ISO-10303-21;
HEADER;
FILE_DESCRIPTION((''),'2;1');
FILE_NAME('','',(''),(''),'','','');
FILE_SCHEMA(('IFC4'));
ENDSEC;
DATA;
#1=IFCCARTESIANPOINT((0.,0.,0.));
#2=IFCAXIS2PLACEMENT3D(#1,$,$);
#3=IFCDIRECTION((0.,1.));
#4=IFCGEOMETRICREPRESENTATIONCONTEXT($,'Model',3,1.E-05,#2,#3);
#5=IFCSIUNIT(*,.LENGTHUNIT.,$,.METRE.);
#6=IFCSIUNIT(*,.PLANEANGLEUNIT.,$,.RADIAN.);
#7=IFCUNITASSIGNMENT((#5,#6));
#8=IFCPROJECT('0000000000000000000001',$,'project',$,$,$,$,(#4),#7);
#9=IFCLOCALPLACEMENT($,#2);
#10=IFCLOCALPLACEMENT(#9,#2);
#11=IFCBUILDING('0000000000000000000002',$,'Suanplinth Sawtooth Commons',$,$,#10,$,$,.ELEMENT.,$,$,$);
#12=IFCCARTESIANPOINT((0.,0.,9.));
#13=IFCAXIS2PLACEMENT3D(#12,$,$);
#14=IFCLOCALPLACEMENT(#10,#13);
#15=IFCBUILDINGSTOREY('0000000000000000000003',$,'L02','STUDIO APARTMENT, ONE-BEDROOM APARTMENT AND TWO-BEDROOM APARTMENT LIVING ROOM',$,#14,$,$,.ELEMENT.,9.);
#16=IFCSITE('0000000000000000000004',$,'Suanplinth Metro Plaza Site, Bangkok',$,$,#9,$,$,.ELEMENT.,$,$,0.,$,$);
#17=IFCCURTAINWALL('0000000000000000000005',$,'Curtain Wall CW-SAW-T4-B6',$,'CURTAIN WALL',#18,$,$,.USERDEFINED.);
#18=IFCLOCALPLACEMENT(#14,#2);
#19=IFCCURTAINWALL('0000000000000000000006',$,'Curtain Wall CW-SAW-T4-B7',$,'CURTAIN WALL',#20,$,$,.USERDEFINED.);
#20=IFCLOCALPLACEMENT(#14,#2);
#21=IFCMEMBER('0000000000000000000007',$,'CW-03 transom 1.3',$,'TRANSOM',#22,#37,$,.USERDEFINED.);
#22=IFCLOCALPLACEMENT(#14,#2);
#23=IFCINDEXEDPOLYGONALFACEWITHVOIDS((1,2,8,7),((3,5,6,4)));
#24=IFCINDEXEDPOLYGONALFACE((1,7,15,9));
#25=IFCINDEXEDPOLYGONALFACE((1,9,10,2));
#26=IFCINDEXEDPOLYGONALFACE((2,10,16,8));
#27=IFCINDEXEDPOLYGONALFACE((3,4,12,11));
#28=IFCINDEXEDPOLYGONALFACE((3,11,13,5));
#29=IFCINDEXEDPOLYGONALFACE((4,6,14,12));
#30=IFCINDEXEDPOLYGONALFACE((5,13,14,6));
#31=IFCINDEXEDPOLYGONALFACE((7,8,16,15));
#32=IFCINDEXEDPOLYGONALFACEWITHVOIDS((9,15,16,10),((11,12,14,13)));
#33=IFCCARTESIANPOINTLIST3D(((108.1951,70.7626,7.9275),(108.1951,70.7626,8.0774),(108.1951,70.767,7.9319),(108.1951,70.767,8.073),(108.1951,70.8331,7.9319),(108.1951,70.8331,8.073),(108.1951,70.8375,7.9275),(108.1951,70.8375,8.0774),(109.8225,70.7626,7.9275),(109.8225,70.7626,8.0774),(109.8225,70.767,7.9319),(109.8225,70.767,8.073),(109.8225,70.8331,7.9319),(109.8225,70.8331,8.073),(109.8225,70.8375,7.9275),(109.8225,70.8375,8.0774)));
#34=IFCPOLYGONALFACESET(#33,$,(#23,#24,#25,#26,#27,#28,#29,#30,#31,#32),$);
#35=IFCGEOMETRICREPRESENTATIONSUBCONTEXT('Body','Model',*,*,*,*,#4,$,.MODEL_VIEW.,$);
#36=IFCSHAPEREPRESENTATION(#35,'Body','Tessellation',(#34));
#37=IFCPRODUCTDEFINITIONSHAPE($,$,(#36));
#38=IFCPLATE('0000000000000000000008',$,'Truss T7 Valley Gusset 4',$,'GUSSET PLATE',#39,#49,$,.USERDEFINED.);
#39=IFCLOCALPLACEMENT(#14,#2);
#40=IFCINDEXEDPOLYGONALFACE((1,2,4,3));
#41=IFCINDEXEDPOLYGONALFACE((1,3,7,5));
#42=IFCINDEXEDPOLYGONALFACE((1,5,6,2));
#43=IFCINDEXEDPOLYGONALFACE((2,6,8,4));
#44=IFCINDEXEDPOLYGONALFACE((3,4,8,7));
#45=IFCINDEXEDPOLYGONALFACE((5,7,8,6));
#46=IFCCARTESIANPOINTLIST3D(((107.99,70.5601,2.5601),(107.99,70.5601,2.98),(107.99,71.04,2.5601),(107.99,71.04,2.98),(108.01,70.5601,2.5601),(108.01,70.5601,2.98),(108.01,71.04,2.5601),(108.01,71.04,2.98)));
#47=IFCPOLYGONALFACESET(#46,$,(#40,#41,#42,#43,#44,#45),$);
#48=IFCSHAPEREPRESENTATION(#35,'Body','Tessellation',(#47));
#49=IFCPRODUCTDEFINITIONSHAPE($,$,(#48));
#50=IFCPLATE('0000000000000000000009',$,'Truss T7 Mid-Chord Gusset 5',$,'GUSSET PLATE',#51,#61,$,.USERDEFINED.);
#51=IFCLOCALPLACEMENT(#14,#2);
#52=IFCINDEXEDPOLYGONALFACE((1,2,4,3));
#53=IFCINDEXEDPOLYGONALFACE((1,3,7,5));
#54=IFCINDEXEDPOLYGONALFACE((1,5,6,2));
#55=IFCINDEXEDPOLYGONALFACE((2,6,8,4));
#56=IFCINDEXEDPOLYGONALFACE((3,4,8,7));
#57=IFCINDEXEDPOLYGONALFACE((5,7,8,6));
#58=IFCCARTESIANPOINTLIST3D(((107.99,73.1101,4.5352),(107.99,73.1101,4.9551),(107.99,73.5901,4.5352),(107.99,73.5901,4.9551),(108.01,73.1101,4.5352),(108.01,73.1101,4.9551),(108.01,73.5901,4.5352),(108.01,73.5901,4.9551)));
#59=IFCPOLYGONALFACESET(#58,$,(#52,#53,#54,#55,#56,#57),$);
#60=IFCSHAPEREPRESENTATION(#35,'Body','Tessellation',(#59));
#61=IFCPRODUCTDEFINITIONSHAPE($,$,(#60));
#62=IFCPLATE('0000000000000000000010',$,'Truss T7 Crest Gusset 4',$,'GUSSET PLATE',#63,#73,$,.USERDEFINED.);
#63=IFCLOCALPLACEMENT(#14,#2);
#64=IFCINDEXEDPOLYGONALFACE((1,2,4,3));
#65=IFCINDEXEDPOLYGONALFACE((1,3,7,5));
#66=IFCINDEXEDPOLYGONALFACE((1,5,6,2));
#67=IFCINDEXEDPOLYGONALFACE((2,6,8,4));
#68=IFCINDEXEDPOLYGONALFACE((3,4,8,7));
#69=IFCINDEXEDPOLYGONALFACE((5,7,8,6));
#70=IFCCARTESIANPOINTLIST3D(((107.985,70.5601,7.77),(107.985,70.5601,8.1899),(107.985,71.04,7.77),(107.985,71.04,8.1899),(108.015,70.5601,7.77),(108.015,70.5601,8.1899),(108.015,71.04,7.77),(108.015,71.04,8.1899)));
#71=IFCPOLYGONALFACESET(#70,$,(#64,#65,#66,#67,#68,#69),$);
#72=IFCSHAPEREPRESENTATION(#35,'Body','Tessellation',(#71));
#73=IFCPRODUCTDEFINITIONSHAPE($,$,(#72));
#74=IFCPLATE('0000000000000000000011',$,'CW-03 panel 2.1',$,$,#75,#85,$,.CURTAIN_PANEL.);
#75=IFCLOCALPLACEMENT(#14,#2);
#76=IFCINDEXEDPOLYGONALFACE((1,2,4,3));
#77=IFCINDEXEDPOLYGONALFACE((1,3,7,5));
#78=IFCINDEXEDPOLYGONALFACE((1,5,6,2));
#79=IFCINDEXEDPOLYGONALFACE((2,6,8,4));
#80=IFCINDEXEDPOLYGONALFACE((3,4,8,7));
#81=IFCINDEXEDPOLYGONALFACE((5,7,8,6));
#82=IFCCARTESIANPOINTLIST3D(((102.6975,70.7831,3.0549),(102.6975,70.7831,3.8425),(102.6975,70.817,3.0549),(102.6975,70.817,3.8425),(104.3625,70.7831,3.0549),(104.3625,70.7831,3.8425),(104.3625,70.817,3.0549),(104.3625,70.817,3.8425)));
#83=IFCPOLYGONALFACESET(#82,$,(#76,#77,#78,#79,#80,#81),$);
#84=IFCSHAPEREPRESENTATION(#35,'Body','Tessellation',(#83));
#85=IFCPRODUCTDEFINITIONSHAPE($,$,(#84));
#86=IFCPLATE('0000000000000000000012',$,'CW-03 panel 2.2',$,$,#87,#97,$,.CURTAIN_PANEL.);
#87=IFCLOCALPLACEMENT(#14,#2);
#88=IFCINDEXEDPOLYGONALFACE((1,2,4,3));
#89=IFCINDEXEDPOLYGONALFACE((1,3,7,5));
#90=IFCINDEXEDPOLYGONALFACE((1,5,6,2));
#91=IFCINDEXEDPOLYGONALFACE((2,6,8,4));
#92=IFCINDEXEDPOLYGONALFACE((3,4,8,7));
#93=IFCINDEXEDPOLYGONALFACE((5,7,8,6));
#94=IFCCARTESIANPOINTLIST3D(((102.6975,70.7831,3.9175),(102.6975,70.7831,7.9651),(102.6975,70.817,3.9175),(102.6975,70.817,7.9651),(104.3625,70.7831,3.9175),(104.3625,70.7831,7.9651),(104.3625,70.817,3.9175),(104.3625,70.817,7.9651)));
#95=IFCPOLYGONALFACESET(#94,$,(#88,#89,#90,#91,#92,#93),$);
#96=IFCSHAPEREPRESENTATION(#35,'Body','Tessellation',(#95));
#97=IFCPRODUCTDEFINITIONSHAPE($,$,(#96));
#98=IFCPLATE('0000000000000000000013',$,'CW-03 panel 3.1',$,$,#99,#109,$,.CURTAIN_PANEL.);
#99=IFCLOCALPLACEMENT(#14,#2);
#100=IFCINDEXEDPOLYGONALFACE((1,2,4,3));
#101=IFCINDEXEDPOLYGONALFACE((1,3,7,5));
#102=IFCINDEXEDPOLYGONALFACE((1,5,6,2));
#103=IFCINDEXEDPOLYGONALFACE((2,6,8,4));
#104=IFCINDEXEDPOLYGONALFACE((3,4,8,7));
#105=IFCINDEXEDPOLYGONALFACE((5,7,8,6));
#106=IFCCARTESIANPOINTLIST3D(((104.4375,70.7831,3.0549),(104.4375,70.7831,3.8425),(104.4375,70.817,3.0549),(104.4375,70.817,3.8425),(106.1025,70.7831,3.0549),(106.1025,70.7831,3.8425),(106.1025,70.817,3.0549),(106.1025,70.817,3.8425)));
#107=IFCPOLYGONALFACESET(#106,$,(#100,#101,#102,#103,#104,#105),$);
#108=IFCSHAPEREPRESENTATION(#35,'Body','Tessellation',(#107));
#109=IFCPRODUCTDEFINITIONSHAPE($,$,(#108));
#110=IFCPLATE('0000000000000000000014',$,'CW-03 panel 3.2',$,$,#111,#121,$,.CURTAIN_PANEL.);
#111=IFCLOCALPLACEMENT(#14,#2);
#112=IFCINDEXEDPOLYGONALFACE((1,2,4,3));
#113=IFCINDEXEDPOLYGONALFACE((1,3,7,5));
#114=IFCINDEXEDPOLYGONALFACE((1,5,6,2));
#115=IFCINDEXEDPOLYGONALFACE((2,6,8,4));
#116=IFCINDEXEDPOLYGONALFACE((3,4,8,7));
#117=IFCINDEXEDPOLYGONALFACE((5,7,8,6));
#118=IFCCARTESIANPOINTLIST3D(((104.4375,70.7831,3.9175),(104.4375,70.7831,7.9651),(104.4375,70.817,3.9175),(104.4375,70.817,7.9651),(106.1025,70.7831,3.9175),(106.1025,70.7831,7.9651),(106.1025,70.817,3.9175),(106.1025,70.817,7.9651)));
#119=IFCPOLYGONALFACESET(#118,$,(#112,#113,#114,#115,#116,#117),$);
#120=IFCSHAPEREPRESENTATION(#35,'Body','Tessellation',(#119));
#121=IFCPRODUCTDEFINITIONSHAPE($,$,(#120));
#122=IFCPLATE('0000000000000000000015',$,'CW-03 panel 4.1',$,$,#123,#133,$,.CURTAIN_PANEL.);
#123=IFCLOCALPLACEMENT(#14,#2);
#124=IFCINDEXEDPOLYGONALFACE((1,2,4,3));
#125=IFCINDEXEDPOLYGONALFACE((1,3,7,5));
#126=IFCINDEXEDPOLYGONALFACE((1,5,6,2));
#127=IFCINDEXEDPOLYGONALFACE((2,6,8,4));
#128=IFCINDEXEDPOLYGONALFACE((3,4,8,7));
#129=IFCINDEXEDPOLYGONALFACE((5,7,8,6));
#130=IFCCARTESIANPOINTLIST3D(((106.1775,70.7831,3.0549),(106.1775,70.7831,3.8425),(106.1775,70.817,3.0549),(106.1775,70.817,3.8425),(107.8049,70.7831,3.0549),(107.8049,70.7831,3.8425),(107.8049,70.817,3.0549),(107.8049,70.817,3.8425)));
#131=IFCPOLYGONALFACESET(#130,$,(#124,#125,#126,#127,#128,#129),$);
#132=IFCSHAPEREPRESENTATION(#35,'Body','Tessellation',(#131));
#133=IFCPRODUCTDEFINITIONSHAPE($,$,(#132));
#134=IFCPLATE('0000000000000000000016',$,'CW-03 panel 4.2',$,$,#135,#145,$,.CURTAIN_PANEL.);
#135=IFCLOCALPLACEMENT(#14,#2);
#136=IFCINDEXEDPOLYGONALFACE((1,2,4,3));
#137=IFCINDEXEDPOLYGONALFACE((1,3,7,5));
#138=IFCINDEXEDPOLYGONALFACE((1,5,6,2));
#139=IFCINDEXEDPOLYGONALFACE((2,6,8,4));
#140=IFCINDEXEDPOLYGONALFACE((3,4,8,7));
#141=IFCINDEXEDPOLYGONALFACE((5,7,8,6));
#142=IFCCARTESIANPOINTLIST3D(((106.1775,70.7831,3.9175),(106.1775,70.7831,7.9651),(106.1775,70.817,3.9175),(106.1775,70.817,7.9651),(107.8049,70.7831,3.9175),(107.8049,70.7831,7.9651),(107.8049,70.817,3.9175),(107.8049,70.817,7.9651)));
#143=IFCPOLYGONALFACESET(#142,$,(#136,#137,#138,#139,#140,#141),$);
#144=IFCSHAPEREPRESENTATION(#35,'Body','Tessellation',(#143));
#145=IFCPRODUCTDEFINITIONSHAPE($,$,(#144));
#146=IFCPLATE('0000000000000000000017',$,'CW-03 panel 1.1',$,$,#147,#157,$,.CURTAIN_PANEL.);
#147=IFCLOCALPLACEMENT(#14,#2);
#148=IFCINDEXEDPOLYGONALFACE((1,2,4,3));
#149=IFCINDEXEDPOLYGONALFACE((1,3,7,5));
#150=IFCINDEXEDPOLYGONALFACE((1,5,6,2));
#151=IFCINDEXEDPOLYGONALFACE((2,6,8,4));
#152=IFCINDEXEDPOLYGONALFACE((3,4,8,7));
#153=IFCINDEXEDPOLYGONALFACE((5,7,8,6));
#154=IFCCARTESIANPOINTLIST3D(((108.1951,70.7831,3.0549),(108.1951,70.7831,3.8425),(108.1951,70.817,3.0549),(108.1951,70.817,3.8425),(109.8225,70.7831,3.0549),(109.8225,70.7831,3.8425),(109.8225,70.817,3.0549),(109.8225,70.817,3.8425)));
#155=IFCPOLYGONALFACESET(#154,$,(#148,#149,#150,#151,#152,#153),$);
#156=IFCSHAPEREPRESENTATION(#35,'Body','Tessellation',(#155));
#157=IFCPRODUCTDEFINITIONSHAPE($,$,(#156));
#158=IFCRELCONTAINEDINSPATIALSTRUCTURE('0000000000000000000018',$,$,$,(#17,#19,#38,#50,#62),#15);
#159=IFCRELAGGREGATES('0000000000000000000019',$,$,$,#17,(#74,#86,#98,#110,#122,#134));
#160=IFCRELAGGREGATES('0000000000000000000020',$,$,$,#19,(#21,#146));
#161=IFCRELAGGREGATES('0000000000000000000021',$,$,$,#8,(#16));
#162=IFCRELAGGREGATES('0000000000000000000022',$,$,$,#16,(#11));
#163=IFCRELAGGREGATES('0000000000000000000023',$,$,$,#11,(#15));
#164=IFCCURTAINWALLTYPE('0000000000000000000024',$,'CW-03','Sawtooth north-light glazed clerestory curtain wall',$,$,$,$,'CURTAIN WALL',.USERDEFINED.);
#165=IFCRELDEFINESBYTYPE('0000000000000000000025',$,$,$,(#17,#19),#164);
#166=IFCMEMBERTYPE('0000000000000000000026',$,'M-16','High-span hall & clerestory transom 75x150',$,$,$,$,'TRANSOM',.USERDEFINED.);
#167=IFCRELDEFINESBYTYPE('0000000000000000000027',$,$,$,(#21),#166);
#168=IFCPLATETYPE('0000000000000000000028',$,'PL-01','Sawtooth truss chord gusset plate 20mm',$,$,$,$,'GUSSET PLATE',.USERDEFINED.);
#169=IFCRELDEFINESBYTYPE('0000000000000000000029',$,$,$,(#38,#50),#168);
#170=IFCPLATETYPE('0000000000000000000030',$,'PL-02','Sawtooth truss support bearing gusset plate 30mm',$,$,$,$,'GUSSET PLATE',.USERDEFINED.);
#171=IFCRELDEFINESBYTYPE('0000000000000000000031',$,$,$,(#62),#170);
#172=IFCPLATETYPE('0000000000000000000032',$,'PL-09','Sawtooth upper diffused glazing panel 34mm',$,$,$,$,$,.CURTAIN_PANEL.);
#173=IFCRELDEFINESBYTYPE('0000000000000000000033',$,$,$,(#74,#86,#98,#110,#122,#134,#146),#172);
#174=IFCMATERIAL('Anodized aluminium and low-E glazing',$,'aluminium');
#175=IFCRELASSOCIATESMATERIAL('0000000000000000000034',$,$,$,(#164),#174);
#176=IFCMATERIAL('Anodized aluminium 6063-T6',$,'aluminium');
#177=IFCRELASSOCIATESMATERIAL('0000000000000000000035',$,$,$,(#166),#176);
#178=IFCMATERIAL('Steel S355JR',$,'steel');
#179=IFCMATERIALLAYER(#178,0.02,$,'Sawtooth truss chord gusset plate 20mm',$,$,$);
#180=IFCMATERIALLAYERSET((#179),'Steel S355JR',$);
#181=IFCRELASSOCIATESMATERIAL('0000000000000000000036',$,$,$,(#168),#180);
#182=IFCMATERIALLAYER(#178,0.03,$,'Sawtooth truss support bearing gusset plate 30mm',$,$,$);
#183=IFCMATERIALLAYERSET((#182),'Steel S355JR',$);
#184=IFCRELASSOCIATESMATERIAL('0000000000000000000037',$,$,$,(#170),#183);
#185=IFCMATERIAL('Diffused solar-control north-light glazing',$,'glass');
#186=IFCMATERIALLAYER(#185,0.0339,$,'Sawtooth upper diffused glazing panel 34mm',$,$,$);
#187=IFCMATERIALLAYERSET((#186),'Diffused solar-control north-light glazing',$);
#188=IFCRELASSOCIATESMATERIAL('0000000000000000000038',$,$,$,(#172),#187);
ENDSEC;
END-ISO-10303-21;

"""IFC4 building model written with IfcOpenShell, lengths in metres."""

from ifc_helpers import new_model, si_unit, direction, frame, origin, origin_2d, place, context, subcontext, project, spatial, rectangle, hollow_rectangle, extrude, material, layer, layer_set, material_profile, profile_set, type_object, element, aggregate, save


model = new_model("IFC4")

# Units and contexts
model_context = context("Model", 3, precision=1e-05, world=origin(), true_north=direction((0.0, 1.0)))
body_context = subcontext(model_context, "Body", "Model", "MODEL_VIEW")
ifc_project = project(units=[si_unit("LENGTHUNIT", "METRE"), si_unit("PLANEANGLEUNIT", "RADIAN")], contexts=[model_context])

# Site, building, storey
site_placement = place(None, origin())
site = spatial("IfcSite", under=ifc_project, at=site_placement, Name="Suanplinth Metro Plaza Site, Bangkok", CompositionType="ELEMENT", RefElevation=0.0)
building_placement = place(site_placement, origin())
building = spatial("IfcBuilding", under=site, at=building_placement, Name="Suanplinth Sawtooth Commons", CompositionType="ELEMENT")
storey_placement = place(building_placement, frame((0.0, 0.0, 9.0)))
storey = spatial("IfcBuildingStorey", under=building, at=storey_placement, Name="L02", Description="STUDIO APARTMENT, ONE-BEDROOM APARTMENT AND TWO-BEDROOM APARTMENT LIVING ROOM", CompositionType="ELEMENT", Elevation=9.0)

# Shared definitions
ifc_material_1 = material(Name="Steel S355JR", Category="steel")

# Curtain wall
ifc_material_2 = material(Name="Anodized aluminium and low-E glazing", Category="aluminium")
curtain_wall_type = type_object("IfcCurtainWallType", Name="CW-03", Description="Sawtooth north-light glazed clerestory curtain wall", ElementType="CURTAIN WALL", PredefinedType="USERDEFINED", material=ifc_material_2)
curtain_wall_1_placement = place(storey_placement, origin())
curtain_wall_1 = element("IfcCurtainWall", 1, at=curtain_wall_1_placement, inside=storey, type_object=curtain_wall_type, Name="Curtain Wall CW-SAW-T4-B6", ObjectType="CURTAIN WALL", PredefinedType="USERDEFINED")
ifc_material_3 = material(Name="Anodized aluminium 6063-T6", Category="aluminium")

# Curtain wall
curtain_wall_2_placement = place(storey_placement, origin())
curtain_wall_2 = element("IfcCurtainWall", 2, at=curtain_wall_2_placement, inside=storey, type_object=curtain_wall_type, Name="Curtain Wall CW-SAW-T4-B7", ObjectType="CURTAIN WALL", PredefinedType="USERDEFINED")

# Member
ifc_material_profile_1 = material_profile(ifc_material_3, hollow_rectangle(XDim=0.075, YDim=0.1499, WallThickness=0.0044, at=origin_2d()), Name="ALU-TRN 75x150")
ifc_profile_set_1 = profile_set([ifc_material_profile_1], Name="Anodized aluminium 6063-T6")
member_type_1 = type_object("IfcMemberType", Name="M-16", Description="High-span hall & clerestory transom 75x150", ElementType="TRANSOM", PredefinedType="USERDEFINED", material=ifc_profile_set_1)
member_1_placement = place(storey_placement, frame((108.1951, 70.8, 8.0024), z_axis=(1.0, 0.0, 0.0), x_axis=(0.0, 1.0, 0.0)))
member_1 = element("IfcMember", 3, at=member_1_placement, type_object=member_type_1, Name="CW-03 transom 1.3", ObjectType="TRANSOM", PredefinedType="USERDEFINED", context=body_context, shape_type="SweptSolid", body=[
    extrude(hollow_rectangle(XDim=0.075, YDim=0.1499, WallThickness=0.0044, at=origin_2d()), origin(), (0.0, 0.0, 1.0), 1.6274),
])

# Plates
ifc_layer_1 = layer(ifc_material_1, 0.02, Name="Sawtooth truss chord gusset plate 20mm")
ifc_layer_set_1 = layer_set([ifc_layer_1], Name="Steel S355JR")
plate_type_1 = type_object("IfcPlateType", Name="PL-01", Description="Sawtooth truss chord gusset plate 20mm", ElementType="GUSSET PLATE", PredefinedType="USERDEFINED", material=ifc_layer_set_1)
for number, where, z_axis, x_axis, name in (
    (4, (108.0, 70.8, 2.5601), (0.0, 0.0, 1.0), (1.0, 0.0, 0.0), "Truss T7 Valley Gusset 4"),
    (5, (108.0, 73.3501, 4.5352), (0.0, 0.0, 1.0), (1.0, 0.0, 0.0), "Truss T7 Mid-Chord Gusset 5"),
):
    element("IfcPlate", number, at=place(storey_placement, frame(where, z_axis=z_axis, x_axis=x_axis)), inside=storey, type_object=plate_type_1, Name=name, ObjectType="GUSSET PLATE", PredefinedType="USERDEFINED", context=body_context, shape_type="SweptSolid", body=[
        extrude(rectangle(XDim=0.02, YDim=0.48, at=origin_2d()), origin(), (0.0, 0.0, 1.0), 0.4199),
    ])
ifc_layer_2 = layer(ifc_material_1, 0.03, Name="Sawtooth truss support bearing gusset plate 30mm")
ifc_layer_set_2 = layer_set([ifc_layer_2], Name="Steel S355JR")
plate_type_2 = type_object("IfcPlateType", Name="PL-02", Description="Sawtooth truss support bearing gusset plate 30mm", ElementType="GUSSET PLATE", PredefinedType="USERDEFINED", material=ifc_layer_set_2)
plate_1_placement = place(storey_placement, frame((108.0, 70.8, 7.77), z_axis=(0.0, 0.0, 1.0), x_axis=(1.0, 0.0, 0.0)))
element("IfcPlate", 6, at=plate_1_placement, inside=storey, type_object=plate_type_2, Name="Truss T7 Crest Gusset 4", ObjectType="GUSSET PLATE", PredefinedType="USERDEFINED", context=body_context, shape_type="SweptSolid", body=[
    extrude(rectangle(XDim=0.03, YDim=0.48, at=origin_2d()), origin(), (0.0, 0.0, 1.0), 0.4199),
])

# Plates
ifc_material_4 = material(Name="Diffused solar-control north-light glazing", Category="glass")
ifc_layer_3 = layer(ifc_material_4, 0.0339, Name="Sawtooth upper diffused glazing panel 34mm")
ifc_layer_set_3 = layer_set([ifc_layer_3], Name="Diffused solar-control north-light glazing")
plate_type_3 = type_object("IfcPlateType", Name="PL-09", Description="Sawtooth upper diffused glazing panel 34mm", PredefinedType="CURTAIN_PANEL", material=ifc_layer_set_3)
plate_2_placement = place(storey_placement, frame((103.53, 70.8, 3.0549), z_axis=(0.0, 0.0, 1.0), x_axis=(1.0, 0.0, 0.0)))
plate_2 = element("IfcPlate", 7, at=plate_2_placement, type_object=plate_type_3, Name="CW-03 panel 2.1", PredefinedType="CURTAIN_PANEL", context=body_context, shape_type="SweptSolid", body=[
    extrude(rectangle(XDim=1.665, YDim=0.0339, at=origin_2d()), origin(), (0.0, 0.0, 1.0), 0.7876),
])
plate_3_placement = place(storey_placement, frame((103.53, 70.8, 3.9175), z_axis=(0.0, 0.0, 1.0), x_axis=(1.0, 0.0, 0.0)))
plate_3 = element("IfcPlate", 8, at=plate_3_placement, type_object=plate_type_3, Name="CW-03 panel 2.2", PredefinedType="CURTAIN_PANEL", context=body_context, shape_type="SweptSolid", body=[
    extrude(rectangle(XDim=1.665, YDim=0.0339, at=origin_2d()), origin(), (0.0, 0.0, 1.0), 4.0476),
])
plate_4_placement = place(storey_placement, frame((105.27, 70.8, 3.0549), z_axis=(0.0, 0.0, 1.0), x_axis=(1.0, 0.0, 0.0)))
plate_4 = element("IfcPlate", 9, at=plate_4_placement, type_object=plate_type_3, Name="CW-03 panel 3.1", PredefinedType="CURTAIN_PANEL", context=body_context, shape_type="SweptSolid", body=[
    extrude(rectangle(XDim=1.665, YDim=0.0339, at=origin_2d()), origin(), (0.0, 0.0, 1.0), 0.7876),
])
plate_5_placement = place(storey_placement, frame((105.27, 70.8, 3.9175), z_axis=(0.0, 0.0, 1.0), x_axis=(1.0, 0.0, 0.0)))
plate_5 = element("IfcPlate", 10, at=plate_5_placement, type_object=plate_type_3, Name="CW-03 panel 3.2", PredefinedType="CURTAIN_PANEL", context=body_context, shape_type="SweptSolid", body=[
    extrude(rectangle(XDim=1.665, YDim=0.0339, at=origin_2d()), origin(), (0.0, 0.0, 1.0), 4.0476),
])
plate_6_placement = place(storey_placement, frame((106.9912, 70.8, 3.0549), z_axis=(0.0, 0.0, 1.0), x_axis=(1.0, 0.0, 0.0)))
plate_6 = element("IfcPlate", 11, at=plate_6_placement, type_object=plate_type_3, Name="CW-03 panel 4.1", PredefinedType="CURTAIN_PANEL", context=body_context, shape_type="SweptSolid", body=[
    extrude(rectangle(XDim=1.6274, YDim=0.0339, at=origin_2d()), origin(), (0.0, 0.0, 1.0), 0.7876),
])
plate_7_placement = place(storey_placement, frame((106.9912, 70.8, 3.9175), z_axis=(0.0, 0.0, 1.0), x_axis=(1.0, 0.0, 0.0)))
plate_7 = element("IfcPlate", 12, at=plate_7_placement, type_object=plate_type_3, Name="CW-03 panel 4.2", PredefinedType="CURTAIN_PANEL", context=body_context, shape_type="SweptSolid", body=[
    extrude(rectangle(XDim=1.6274, YDim=0.0339, at=origin_2d()), origin(), (0.0, 0.0, 1.0), 4.0476),
])
aggregate(curtain_wall_1, [plate_2, plate_3, plate_4, plate_5, plate_6, plate_7])
plate_8_placement = place(storey_placement, frame((109.0088, 70.8, 3.0549), z_axis=(0.0, 0.0, 1.0), x_axis=(1.0, 0.0, 0.0)))
plate_8 = element("IfcPlate", 13, at=plate_8_placement, type_object=plate_type_3, Name="CW-03 panel 1.1", PredefinedType="CURTAIN_PANEL", context=body_context, shape_type="SweptSolid", body=[
    extrude(rectangle(XDim=1.6274, YDim=0.0339, at=origin_2d()), origin(), (0.0, 0.0, 1.0), 0.7876),
])
aggregate(curtain_wall_2, [member_1, plate_8])

save(model, "model.ifc")
